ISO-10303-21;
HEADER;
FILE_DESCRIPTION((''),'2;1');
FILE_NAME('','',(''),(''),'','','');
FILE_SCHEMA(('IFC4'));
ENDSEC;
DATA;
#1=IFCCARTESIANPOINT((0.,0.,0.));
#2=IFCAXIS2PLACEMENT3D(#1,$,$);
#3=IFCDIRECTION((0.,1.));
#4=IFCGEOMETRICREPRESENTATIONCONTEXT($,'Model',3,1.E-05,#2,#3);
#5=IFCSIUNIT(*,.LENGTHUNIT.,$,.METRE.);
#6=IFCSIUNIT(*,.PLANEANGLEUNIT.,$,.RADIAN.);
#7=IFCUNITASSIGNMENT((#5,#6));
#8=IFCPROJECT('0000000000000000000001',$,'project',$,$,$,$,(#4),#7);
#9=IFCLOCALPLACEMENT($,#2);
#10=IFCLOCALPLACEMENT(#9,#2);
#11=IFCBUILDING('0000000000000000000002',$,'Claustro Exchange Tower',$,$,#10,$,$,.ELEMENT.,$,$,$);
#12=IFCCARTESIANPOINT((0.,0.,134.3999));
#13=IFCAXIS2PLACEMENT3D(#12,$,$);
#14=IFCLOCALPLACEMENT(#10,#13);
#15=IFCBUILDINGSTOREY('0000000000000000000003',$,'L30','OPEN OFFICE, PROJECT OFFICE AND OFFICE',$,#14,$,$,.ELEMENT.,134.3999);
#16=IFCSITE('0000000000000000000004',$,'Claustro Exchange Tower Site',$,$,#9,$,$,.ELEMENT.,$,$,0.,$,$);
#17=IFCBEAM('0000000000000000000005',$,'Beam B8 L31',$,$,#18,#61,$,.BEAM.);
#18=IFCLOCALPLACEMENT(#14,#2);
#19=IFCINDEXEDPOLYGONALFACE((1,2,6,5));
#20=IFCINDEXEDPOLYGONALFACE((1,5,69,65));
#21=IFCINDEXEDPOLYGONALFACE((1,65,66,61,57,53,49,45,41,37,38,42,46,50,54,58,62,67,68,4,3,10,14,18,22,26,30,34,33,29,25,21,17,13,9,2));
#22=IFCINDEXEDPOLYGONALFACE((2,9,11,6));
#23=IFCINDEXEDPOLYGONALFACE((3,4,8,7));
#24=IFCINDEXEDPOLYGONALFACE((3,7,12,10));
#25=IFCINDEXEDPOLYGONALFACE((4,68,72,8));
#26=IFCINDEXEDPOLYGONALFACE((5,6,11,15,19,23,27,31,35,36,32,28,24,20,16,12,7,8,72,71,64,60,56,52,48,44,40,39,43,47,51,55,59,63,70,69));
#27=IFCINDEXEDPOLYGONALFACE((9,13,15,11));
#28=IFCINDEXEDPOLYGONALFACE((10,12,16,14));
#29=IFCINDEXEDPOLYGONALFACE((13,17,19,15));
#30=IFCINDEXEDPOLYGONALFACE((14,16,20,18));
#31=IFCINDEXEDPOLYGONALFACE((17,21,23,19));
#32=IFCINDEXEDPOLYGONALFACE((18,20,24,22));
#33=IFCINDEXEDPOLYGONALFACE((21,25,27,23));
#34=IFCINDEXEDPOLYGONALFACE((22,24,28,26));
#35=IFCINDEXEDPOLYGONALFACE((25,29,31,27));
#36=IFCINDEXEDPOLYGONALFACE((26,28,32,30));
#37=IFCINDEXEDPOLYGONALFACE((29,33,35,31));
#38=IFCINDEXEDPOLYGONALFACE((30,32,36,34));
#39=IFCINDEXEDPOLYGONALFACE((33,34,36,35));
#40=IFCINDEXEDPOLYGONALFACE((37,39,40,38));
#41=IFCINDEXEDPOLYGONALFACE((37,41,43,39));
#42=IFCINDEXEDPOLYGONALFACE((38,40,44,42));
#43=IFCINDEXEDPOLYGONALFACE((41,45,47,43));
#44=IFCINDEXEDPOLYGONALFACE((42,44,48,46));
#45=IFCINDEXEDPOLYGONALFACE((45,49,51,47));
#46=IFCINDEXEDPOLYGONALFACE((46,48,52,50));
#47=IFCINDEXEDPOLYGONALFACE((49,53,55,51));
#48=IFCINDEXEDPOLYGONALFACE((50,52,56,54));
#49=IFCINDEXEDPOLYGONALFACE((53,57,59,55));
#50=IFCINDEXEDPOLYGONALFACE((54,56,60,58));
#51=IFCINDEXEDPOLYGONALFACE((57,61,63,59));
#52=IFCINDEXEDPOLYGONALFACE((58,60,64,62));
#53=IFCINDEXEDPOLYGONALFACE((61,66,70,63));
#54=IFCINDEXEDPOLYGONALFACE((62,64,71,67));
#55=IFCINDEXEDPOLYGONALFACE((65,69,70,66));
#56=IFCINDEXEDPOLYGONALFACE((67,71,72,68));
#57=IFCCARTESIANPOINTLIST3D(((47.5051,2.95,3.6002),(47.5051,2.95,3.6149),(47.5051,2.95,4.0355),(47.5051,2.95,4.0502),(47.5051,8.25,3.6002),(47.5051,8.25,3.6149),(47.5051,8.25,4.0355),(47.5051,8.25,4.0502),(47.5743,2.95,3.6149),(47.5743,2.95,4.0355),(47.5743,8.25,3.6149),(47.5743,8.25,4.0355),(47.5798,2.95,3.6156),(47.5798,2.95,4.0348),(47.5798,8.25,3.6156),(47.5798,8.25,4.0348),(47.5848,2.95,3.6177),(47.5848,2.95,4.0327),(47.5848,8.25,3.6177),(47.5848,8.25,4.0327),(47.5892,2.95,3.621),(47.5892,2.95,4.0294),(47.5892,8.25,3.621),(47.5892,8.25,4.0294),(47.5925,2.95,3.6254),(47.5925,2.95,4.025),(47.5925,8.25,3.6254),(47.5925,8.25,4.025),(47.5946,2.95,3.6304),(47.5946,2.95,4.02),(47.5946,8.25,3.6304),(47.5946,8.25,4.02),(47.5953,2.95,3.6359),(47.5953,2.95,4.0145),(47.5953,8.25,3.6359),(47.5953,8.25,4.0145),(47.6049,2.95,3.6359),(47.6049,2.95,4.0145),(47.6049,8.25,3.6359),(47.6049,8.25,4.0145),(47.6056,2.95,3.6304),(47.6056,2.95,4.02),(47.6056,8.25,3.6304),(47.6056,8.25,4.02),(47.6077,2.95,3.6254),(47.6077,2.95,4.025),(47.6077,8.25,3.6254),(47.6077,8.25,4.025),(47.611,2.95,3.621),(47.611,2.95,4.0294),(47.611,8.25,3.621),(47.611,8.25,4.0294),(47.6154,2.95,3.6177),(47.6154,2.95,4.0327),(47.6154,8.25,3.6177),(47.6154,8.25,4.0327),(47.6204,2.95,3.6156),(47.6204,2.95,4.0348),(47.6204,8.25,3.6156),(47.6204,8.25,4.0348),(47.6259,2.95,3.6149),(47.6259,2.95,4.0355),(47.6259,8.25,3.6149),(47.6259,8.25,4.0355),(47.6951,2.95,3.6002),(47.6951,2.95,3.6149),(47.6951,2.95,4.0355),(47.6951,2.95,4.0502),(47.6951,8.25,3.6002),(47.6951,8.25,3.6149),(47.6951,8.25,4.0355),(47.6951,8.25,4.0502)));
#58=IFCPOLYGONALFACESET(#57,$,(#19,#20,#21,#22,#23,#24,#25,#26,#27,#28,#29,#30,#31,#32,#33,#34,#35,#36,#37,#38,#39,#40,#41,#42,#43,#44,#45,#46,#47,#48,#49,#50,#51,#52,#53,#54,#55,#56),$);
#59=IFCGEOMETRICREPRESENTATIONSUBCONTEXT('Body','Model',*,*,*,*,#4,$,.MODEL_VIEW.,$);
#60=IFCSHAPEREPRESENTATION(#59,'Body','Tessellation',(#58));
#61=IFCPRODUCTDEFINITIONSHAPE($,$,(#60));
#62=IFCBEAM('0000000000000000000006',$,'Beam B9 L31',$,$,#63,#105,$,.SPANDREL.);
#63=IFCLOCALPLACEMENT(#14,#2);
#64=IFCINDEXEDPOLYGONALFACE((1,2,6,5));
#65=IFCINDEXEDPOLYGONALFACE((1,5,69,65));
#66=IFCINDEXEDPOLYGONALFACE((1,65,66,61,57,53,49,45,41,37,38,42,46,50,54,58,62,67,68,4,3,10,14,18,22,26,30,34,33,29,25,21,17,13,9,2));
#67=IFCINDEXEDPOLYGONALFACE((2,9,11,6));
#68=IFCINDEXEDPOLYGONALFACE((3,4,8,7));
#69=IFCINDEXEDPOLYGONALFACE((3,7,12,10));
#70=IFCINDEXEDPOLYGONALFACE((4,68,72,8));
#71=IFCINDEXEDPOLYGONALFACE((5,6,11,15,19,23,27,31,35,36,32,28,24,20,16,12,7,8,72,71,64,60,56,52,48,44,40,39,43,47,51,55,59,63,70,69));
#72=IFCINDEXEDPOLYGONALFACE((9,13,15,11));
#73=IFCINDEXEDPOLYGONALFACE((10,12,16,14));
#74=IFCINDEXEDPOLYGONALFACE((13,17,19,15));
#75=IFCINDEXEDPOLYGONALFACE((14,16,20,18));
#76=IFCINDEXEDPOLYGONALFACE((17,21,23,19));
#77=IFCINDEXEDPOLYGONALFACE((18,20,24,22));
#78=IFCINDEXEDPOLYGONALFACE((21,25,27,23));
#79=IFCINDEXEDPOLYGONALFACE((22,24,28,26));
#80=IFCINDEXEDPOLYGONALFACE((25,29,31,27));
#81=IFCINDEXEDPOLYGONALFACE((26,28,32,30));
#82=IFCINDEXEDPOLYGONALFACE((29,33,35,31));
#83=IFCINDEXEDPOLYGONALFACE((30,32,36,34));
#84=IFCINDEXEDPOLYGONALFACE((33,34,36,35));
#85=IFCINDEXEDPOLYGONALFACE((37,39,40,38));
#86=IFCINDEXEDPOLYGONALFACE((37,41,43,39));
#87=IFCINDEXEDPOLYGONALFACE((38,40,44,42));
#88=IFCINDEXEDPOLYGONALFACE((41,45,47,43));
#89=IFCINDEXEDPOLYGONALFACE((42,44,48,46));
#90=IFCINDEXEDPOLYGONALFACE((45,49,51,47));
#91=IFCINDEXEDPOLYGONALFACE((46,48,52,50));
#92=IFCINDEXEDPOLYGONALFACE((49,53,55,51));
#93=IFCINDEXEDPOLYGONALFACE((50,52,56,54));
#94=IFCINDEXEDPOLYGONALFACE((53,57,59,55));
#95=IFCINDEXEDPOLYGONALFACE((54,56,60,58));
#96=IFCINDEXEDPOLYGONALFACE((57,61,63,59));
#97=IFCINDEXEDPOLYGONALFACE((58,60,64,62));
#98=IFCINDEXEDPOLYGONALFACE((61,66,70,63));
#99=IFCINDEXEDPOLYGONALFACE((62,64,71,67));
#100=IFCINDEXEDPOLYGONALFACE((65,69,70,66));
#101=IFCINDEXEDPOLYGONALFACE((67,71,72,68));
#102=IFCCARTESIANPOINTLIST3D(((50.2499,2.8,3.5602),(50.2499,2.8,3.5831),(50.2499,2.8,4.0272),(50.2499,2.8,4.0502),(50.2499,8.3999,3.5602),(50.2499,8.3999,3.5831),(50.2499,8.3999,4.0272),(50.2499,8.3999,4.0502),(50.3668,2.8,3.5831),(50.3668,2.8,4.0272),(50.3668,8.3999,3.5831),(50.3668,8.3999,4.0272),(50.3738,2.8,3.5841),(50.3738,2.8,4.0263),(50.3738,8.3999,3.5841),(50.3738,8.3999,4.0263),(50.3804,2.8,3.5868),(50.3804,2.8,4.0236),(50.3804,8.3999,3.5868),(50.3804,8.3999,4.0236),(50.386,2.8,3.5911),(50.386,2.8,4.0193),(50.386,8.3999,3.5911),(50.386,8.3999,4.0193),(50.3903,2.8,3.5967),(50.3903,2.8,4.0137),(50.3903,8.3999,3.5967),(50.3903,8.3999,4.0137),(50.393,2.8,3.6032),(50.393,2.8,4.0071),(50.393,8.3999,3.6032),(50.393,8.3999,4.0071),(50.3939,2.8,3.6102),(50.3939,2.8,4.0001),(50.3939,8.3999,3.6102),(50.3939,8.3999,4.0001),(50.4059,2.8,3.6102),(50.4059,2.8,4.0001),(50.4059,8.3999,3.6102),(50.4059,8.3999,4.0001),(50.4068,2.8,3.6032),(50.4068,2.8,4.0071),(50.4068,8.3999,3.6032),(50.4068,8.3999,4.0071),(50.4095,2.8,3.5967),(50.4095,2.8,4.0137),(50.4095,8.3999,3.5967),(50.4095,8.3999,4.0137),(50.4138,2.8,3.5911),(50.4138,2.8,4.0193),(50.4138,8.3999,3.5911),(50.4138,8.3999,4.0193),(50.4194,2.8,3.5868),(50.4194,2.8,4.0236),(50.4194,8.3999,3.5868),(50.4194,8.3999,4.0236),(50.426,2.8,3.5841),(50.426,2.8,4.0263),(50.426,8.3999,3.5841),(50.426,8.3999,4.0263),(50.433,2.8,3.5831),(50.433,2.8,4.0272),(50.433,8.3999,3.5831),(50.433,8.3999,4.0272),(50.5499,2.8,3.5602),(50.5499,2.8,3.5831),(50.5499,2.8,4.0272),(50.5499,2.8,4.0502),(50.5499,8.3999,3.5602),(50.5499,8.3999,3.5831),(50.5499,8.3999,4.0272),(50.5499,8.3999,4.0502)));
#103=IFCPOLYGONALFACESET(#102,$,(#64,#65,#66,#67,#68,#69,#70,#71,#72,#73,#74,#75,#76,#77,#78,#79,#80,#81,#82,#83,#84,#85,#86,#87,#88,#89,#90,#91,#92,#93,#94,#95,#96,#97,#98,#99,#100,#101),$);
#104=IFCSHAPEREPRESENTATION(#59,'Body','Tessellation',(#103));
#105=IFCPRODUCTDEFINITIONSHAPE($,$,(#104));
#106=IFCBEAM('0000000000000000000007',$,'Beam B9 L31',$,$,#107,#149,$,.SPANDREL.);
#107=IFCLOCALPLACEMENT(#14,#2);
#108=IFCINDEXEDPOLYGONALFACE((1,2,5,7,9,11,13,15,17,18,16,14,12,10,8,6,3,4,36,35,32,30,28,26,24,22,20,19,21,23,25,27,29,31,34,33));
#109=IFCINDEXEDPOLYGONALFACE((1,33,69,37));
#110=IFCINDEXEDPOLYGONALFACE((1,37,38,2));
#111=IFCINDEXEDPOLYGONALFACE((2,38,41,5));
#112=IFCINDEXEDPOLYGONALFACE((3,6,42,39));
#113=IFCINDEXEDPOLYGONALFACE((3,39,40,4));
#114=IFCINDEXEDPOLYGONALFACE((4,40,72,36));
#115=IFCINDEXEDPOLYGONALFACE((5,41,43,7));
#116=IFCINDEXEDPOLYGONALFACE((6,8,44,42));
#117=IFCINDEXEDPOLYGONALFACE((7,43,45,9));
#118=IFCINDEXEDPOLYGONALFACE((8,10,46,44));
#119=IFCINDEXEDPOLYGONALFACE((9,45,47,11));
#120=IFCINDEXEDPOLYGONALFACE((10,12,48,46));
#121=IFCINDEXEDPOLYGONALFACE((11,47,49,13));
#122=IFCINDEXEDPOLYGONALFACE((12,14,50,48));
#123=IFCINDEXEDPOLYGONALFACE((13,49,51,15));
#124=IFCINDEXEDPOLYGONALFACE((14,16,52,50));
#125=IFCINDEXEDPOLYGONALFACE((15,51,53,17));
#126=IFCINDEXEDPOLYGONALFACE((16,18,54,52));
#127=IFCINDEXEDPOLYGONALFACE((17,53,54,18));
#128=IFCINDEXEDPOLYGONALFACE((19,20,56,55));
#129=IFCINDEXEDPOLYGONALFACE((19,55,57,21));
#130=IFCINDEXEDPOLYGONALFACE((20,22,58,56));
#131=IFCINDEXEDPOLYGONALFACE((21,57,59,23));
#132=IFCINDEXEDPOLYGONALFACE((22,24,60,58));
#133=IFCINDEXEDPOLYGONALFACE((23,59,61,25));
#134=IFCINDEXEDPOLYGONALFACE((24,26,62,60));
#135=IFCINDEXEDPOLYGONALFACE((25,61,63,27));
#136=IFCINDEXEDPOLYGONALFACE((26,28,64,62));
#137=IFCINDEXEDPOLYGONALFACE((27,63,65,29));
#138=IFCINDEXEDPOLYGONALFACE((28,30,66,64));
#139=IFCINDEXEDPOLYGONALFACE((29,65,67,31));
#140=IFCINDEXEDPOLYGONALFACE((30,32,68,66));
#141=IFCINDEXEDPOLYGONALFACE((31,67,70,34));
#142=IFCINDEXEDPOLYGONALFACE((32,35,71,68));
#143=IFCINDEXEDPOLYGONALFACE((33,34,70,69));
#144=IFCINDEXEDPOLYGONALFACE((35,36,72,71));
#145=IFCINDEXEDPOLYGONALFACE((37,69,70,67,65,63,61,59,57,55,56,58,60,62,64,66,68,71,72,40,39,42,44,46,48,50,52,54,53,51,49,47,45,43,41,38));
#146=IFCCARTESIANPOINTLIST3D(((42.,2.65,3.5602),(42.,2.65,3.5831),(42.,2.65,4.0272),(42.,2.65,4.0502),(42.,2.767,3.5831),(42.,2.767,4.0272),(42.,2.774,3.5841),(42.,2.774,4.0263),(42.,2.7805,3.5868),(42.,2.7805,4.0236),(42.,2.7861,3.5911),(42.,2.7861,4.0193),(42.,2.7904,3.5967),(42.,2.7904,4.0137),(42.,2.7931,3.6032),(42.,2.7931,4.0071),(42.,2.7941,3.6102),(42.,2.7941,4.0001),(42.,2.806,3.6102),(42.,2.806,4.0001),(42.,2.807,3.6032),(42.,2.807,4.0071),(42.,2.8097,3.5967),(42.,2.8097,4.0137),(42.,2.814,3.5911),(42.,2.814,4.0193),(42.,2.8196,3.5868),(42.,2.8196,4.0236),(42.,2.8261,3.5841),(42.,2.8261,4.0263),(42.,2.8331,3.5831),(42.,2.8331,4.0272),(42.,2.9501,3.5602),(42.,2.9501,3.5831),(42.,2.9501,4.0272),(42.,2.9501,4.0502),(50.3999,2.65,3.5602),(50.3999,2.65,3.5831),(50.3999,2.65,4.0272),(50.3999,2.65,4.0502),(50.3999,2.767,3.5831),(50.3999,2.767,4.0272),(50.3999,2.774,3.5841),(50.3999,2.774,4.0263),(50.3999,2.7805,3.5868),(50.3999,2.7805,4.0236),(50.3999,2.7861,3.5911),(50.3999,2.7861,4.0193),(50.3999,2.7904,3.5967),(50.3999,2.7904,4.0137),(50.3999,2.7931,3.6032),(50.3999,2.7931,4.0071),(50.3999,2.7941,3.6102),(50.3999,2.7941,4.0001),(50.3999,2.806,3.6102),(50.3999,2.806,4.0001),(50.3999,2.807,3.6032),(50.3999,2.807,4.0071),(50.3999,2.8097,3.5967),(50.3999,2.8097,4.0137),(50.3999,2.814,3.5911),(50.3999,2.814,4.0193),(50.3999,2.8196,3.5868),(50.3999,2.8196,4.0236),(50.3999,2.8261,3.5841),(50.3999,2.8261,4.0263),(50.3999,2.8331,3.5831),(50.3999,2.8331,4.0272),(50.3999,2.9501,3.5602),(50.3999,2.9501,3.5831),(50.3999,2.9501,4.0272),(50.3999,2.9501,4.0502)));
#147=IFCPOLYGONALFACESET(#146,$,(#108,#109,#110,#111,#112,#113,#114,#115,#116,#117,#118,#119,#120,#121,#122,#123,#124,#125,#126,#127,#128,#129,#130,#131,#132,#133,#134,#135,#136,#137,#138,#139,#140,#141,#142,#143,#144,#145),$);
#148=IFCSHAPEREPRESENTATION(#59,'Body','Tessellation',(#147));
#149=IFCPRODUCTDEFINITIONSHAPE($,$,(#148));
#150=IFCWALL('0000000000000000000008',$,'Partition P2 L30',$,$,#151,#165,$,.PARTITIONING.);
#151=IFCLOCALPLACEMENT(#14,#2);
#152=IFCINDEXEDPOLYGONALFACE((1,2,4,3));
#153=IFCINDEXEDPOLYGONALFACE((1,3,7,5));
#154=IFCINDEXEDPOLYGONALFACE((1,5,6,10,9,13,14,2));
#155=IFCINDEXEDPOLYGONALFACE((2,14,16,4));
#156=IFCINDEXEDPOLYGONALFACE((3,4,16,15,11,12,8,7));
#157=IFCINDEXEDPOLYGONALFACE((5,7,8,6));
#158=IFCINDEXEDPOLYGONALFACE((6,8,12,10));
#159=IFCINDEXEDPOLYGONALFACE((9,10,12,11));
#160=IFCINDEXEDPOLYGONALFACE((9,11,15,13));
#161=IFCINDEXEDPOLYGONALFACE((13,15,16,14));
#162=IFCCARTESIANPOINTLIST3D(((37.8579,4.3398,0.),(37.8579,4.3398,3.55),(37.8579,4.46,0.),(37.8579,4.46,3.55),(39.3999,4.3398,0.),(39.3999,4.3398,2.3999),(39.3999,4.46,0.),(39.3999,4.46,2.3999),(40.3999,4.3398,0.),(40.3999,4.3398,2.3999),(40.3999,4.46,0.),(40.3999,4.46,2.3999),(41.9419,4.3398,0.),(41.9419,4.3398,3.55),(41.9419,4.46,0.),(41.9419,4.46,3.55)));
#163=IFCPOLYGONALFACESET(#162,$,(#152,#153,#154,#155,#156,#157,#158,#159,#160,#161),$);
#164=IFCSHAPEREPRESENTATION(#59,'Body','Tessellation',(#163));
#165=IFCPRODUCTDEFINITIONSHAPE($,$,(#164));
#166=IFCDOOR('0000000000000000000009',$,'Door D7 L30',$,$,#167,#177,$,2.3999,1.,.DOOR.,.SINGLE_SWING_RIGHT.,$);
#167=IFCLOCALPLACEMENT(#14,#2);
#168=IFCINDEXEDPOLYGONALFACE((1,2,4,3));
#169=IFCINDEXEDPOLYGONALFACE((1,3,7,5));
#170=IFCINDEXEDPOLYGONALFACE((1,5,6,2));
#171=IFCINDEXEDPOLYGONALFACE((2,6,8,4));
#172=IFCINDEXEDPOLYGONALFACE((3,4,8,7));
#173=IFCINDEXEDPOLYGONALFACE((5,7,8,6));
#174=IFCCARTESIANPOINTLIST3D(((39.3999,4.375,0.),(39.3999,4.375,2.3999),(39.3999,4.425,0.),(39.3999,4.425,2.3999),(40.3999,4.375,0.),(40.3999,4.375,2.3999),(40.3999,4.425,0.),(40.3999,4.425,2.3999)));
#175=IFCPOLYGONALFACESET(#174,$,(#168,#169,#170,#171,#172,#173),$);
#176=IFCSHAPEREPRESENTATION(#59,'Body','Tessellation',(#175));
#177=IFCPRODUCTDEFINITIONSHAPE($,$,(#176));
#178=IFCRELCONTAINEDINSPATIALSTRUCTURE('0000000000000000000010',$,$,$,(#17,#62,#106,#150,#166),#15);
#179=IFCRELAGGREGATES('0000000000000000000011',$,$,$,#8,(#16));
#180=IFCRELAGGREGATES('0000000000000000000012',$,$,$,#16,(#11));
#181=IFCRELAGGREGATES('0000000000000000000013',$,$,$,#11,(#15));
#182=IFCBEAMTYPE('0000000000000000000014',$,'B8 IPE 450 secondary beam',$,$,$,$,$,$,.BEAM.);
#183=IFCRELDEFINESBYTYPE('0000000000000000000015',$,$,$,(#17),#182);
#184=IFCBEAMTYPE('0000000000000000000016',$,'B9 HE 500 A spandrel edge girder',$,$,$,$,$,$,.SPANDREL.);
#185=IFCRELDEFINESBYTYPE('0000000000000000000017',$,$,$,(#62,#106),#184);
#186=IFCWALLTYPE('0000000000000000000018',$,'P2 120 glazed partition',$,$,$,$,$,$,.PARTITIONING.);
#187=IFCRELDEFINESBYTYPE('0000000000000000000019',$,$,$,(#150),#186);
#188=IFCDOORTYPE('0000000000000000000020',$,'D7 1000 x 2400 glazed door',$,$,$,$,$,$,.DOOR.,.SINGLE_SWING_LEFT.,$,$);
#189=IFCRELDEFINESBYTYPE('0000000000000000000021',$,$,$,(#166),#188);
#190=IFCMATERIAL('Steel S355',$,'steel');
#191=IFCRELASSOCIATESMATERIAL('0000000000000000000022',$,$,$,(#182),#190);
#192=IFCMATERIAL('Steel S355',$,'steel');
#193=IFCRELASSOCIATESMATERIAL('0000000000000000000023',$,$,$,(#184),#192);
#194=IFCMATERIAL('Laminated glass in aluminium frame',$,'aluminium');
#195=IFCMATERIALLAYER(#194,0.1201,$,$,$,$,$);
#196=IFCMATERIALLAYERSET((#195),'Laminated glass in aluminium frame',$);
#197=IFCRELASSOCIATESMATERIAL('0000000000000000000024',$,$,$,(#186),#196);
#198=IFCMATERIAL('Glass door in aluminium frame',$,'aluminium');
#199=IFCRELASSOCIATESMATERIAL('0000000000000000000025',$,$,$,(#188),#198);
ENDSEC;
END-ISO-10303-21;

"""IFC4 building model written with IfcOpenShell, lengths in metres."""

from ifc_helpers import new_model, si_unit, direction, frame, frame_2d, origin, origin_2d, place, context, subcontext, project, spatial, rectangle, i_section, extrude, material, layer, layer_set, material_profile, profile_set, type_object, element, fill, save


model = new_model("IFC4")

# Units and contexts
model_context = context("Model", 3, precision=1e-05, world=origin(), true_north=direction((0.0, 1.0)))
body_context = subcontext(model_context, "Body", "Model", "MODEL_VIEW")
ifc_project = project(units=[si_unit("LENGTHUNIT", "METRE"), si_unit("PLANEANGLEUNIT", "RADIAN")], contexts=[model_context])

# Site, building, storey
site_placement = place(None, origin())
site = spatial("IfcSite", under=ifc_project, at=site_placement, Name="Claustro Exchange Tower Site", CompositionType="ELEMENT", RefElevation=0.0)
building_placement = place(site_placement, origin())
building = spatial("IfcBuilding", under=site, at=building_placement, Name="Claustro Exchange Tower", CompositionType="ELEMENT")
storey_placement = place(building_placement, frame((0.0, 0.0, 134.3999)))
storey = spatial("IfcBuildingStorey", under=building, at=storey_placement, Name="L30", Description="OPEN OFFICE, PROJECT OFFICE AND OFFICE", CompositionType="ELEMENT", Elevation=134.3999)

# Beams
ifc_material_1 = material(Name="Steel S355", Category="steel")
ifc_material_profile_1 = material_profile(ifc_material_1, i_section(OverallWidth=0.1899, OverallDepth=0.45, WebThickness=0.0095, FlangeThickness=0.0146, FilletRadius=0.021, at=origin_2d()), Name="IPE 450")
ifc_profile_set_1 = profile_set([ifc_material_profile_1], Name="Steel S355")
beam_type_1 = type_object("IfcBeamType", Name="B8 IPE 450 secondary beam", PredefinedType="BEAM", material=ifc_profile_set_1)
for number, where, z_axis, x_axis, name in (
    (1, (47.6001, 2.95, 3.8252), (0.0, 1.0, 0.0), (-1.0, 0.0, 0.0), "Beam B8 L31"),
):
    element("IfcBeam", number, at=place(storey_placement, frame(where, z_axis=z_axis, x_axis=x_axis)), inside=storey, type_object=beam_type_1, Name=name, PredefinedType="BEAM", context=body_context, shape_type="SweptSolid", body=[
        extrude(i_section(OverallWidth=0.1899, OverallDepth=0.45, WebThickness=0.0095, FlangeThickness=0.0146, FilletRadius=0.021, at=origin_2d()), origin(), (0.0, 0.0, 1.0), 5.3),
    ])
ifc_material_2 = material(Name="Steel S355", Category="steel")
ifc_material_profile_2 = material_profile(ifc_material_2, i_section(OverallWidth=0.3, OverallDepth=0.49, WebThickness=0.012, FlangeThickness=0.0229, FilletRadius=0.0271, at=origin_2d()), Name="HE 500 A")
ifc_profile_set_2 = profile_set([ifc_material_profile_2], Name="Steel S355")
beam_type_2 = type_object("IfcBeamType", Name="B9 HE 500 A spandrel edge girder", PredefinedType="SPANDREL", material=ifc_profile_set_2)
beam_1_placement = place(storey_placement, frame((50.3999, 2.8, 3.8052), z_axis=(0.0, 1.0, 0.0), x_axis=(-1.0, 0.0, 0.0)))
element("IfcBeam", 2, at=beam_1_placement, inside=storey, type_object=beam_type_2, Name="Beam B9 L31", PredefinedType="SPANDREL", context=body_context, shape_type="SweptSolid", body=[
    extrude(i_section(OverallWidth=0.3, OverallDepth=0.49, WebThickness=0.012, FlangeThickness=0.0229, FilletRadius=0.0271, at=origin_2d()), origin(), (0.0, 0.0, 1.0), 5.5999),
])
beam_2_placement = place(storey_placement, frame((42.0, 2.8, 3.8052), z_axis=(1.0, 0.0, 0.0), x_axis=(0.0, 1.0, 0.0)))
element("IfcBeam", 3, at=beam_2_placement, inside=storey, type_object=beam_type_2, Name="Beam B9 L31", PredefinedType="SPANDREL", context=body_context, shape_type="SweptSolid", body=[
    extrude(i_section(OverallWidth=0.3, OverallDepth=0.49, WebThickness=0.012, FlangeThickness=0.0229, FilletRadius=0.0271, at=origin_2d()), origin(), (0.0, 0.0, 1.0), 8.3999),
])

# Wall, opening, door
ifc_material_3 = material(Name="Laminated glass in aluminium frame", Category="aluminium")
ifc_layer_1 = layer(ifc_material_3, 0.1201)
ifc_layer_set_1 = layer_set([ifc_layer_1], Name="Laminated glass in aluminium frame")
wall_type_1 = type_object("IfcWallType", Name="P2 120 glazed partition", PredefinedType="PARTITIONING", material=ifc_layer_set_1)
wall_1_placement = place(storey_placement, frame((37.8579, 4.3999, 0.0), z_axis=(0.0, 0.0, 1.0), x_axis=(1.0, 0.0, 0.0)))
wall_1 = element("IfcWall", 4, at=wall_1_placement, inside=storey, type_object=wall_type_1, Name="Partition P2 L30", PredefinedType="PARTITIONING", context=body_context, shape_type="SweptSolid", body=[
    extrude(rectangle(XDim=4.084, YDim=0.1201, at=frame_2d((2.042, 0.0))), origin(), (0.0, 0.0, 1.0), 3.55),
])
opening_1_placement = place(wall_1_placement, frame((1.542, 0.0, 0.0)))
opening_1 = element("IfcOpeningElement", 5, at=opening_1_placement, cuts=wall_1, PredefinedType="OPENING", context=body_context, shape_type="SweptSolid", body=[
    extrude(rectangle(XDim=1.0, YDim=2.3999, at=frame_2d((0.5, 1.2))), frame((0.0, 0.0701, 0.0), z_axis=(0.0, -1.0, 0.0), x_axis=(1.0, 0.0, 0.0)), (0.0, 0.0, 1.0), 0.1401),
])
ifc_material_4 = material(Name="Glass door in aluminium frame", Category="aluminium")
door_type = type_object("IfcDoorType", Name="D7 1000 x 2400 glazed door", OperationType="SINGLE_SWING_LEFT", PredefinedType="DOOR", material=ifc_material_4)
door_1_placement = place(opening_1_placement, frame((1.0, 0.0, 0.0), z_axis=(0.0, 0.0, 1.0), x_axis=(-1.0, 0.0, 0.0)))
door_1 = element("IfcDoor", 6, at=door_1_placement, inside=storey, type_object=door_type, Name="Door D7 L30", OperationType="SINGLE_SWING_RIGHT", OverallHeight=2.3999, OverallWidth=1.0, PredefinedType="DOOR", context=body_context, shape_type="SweptSolid", body=[
    extrude(rectangle(XDim=1.0, YDim=2.3999, at=frame_2d((0.5, 1.2))), frame((0.0, 0.0249, 0.0), z_axis=(0.0, -1.0, 0.0), x_axis=(1.0, 0.0, 0.0)), (0.0, 0.0, 1.0), 0.05),
])
fill(opening_1, door_1)

save(model, "model.ifc")
